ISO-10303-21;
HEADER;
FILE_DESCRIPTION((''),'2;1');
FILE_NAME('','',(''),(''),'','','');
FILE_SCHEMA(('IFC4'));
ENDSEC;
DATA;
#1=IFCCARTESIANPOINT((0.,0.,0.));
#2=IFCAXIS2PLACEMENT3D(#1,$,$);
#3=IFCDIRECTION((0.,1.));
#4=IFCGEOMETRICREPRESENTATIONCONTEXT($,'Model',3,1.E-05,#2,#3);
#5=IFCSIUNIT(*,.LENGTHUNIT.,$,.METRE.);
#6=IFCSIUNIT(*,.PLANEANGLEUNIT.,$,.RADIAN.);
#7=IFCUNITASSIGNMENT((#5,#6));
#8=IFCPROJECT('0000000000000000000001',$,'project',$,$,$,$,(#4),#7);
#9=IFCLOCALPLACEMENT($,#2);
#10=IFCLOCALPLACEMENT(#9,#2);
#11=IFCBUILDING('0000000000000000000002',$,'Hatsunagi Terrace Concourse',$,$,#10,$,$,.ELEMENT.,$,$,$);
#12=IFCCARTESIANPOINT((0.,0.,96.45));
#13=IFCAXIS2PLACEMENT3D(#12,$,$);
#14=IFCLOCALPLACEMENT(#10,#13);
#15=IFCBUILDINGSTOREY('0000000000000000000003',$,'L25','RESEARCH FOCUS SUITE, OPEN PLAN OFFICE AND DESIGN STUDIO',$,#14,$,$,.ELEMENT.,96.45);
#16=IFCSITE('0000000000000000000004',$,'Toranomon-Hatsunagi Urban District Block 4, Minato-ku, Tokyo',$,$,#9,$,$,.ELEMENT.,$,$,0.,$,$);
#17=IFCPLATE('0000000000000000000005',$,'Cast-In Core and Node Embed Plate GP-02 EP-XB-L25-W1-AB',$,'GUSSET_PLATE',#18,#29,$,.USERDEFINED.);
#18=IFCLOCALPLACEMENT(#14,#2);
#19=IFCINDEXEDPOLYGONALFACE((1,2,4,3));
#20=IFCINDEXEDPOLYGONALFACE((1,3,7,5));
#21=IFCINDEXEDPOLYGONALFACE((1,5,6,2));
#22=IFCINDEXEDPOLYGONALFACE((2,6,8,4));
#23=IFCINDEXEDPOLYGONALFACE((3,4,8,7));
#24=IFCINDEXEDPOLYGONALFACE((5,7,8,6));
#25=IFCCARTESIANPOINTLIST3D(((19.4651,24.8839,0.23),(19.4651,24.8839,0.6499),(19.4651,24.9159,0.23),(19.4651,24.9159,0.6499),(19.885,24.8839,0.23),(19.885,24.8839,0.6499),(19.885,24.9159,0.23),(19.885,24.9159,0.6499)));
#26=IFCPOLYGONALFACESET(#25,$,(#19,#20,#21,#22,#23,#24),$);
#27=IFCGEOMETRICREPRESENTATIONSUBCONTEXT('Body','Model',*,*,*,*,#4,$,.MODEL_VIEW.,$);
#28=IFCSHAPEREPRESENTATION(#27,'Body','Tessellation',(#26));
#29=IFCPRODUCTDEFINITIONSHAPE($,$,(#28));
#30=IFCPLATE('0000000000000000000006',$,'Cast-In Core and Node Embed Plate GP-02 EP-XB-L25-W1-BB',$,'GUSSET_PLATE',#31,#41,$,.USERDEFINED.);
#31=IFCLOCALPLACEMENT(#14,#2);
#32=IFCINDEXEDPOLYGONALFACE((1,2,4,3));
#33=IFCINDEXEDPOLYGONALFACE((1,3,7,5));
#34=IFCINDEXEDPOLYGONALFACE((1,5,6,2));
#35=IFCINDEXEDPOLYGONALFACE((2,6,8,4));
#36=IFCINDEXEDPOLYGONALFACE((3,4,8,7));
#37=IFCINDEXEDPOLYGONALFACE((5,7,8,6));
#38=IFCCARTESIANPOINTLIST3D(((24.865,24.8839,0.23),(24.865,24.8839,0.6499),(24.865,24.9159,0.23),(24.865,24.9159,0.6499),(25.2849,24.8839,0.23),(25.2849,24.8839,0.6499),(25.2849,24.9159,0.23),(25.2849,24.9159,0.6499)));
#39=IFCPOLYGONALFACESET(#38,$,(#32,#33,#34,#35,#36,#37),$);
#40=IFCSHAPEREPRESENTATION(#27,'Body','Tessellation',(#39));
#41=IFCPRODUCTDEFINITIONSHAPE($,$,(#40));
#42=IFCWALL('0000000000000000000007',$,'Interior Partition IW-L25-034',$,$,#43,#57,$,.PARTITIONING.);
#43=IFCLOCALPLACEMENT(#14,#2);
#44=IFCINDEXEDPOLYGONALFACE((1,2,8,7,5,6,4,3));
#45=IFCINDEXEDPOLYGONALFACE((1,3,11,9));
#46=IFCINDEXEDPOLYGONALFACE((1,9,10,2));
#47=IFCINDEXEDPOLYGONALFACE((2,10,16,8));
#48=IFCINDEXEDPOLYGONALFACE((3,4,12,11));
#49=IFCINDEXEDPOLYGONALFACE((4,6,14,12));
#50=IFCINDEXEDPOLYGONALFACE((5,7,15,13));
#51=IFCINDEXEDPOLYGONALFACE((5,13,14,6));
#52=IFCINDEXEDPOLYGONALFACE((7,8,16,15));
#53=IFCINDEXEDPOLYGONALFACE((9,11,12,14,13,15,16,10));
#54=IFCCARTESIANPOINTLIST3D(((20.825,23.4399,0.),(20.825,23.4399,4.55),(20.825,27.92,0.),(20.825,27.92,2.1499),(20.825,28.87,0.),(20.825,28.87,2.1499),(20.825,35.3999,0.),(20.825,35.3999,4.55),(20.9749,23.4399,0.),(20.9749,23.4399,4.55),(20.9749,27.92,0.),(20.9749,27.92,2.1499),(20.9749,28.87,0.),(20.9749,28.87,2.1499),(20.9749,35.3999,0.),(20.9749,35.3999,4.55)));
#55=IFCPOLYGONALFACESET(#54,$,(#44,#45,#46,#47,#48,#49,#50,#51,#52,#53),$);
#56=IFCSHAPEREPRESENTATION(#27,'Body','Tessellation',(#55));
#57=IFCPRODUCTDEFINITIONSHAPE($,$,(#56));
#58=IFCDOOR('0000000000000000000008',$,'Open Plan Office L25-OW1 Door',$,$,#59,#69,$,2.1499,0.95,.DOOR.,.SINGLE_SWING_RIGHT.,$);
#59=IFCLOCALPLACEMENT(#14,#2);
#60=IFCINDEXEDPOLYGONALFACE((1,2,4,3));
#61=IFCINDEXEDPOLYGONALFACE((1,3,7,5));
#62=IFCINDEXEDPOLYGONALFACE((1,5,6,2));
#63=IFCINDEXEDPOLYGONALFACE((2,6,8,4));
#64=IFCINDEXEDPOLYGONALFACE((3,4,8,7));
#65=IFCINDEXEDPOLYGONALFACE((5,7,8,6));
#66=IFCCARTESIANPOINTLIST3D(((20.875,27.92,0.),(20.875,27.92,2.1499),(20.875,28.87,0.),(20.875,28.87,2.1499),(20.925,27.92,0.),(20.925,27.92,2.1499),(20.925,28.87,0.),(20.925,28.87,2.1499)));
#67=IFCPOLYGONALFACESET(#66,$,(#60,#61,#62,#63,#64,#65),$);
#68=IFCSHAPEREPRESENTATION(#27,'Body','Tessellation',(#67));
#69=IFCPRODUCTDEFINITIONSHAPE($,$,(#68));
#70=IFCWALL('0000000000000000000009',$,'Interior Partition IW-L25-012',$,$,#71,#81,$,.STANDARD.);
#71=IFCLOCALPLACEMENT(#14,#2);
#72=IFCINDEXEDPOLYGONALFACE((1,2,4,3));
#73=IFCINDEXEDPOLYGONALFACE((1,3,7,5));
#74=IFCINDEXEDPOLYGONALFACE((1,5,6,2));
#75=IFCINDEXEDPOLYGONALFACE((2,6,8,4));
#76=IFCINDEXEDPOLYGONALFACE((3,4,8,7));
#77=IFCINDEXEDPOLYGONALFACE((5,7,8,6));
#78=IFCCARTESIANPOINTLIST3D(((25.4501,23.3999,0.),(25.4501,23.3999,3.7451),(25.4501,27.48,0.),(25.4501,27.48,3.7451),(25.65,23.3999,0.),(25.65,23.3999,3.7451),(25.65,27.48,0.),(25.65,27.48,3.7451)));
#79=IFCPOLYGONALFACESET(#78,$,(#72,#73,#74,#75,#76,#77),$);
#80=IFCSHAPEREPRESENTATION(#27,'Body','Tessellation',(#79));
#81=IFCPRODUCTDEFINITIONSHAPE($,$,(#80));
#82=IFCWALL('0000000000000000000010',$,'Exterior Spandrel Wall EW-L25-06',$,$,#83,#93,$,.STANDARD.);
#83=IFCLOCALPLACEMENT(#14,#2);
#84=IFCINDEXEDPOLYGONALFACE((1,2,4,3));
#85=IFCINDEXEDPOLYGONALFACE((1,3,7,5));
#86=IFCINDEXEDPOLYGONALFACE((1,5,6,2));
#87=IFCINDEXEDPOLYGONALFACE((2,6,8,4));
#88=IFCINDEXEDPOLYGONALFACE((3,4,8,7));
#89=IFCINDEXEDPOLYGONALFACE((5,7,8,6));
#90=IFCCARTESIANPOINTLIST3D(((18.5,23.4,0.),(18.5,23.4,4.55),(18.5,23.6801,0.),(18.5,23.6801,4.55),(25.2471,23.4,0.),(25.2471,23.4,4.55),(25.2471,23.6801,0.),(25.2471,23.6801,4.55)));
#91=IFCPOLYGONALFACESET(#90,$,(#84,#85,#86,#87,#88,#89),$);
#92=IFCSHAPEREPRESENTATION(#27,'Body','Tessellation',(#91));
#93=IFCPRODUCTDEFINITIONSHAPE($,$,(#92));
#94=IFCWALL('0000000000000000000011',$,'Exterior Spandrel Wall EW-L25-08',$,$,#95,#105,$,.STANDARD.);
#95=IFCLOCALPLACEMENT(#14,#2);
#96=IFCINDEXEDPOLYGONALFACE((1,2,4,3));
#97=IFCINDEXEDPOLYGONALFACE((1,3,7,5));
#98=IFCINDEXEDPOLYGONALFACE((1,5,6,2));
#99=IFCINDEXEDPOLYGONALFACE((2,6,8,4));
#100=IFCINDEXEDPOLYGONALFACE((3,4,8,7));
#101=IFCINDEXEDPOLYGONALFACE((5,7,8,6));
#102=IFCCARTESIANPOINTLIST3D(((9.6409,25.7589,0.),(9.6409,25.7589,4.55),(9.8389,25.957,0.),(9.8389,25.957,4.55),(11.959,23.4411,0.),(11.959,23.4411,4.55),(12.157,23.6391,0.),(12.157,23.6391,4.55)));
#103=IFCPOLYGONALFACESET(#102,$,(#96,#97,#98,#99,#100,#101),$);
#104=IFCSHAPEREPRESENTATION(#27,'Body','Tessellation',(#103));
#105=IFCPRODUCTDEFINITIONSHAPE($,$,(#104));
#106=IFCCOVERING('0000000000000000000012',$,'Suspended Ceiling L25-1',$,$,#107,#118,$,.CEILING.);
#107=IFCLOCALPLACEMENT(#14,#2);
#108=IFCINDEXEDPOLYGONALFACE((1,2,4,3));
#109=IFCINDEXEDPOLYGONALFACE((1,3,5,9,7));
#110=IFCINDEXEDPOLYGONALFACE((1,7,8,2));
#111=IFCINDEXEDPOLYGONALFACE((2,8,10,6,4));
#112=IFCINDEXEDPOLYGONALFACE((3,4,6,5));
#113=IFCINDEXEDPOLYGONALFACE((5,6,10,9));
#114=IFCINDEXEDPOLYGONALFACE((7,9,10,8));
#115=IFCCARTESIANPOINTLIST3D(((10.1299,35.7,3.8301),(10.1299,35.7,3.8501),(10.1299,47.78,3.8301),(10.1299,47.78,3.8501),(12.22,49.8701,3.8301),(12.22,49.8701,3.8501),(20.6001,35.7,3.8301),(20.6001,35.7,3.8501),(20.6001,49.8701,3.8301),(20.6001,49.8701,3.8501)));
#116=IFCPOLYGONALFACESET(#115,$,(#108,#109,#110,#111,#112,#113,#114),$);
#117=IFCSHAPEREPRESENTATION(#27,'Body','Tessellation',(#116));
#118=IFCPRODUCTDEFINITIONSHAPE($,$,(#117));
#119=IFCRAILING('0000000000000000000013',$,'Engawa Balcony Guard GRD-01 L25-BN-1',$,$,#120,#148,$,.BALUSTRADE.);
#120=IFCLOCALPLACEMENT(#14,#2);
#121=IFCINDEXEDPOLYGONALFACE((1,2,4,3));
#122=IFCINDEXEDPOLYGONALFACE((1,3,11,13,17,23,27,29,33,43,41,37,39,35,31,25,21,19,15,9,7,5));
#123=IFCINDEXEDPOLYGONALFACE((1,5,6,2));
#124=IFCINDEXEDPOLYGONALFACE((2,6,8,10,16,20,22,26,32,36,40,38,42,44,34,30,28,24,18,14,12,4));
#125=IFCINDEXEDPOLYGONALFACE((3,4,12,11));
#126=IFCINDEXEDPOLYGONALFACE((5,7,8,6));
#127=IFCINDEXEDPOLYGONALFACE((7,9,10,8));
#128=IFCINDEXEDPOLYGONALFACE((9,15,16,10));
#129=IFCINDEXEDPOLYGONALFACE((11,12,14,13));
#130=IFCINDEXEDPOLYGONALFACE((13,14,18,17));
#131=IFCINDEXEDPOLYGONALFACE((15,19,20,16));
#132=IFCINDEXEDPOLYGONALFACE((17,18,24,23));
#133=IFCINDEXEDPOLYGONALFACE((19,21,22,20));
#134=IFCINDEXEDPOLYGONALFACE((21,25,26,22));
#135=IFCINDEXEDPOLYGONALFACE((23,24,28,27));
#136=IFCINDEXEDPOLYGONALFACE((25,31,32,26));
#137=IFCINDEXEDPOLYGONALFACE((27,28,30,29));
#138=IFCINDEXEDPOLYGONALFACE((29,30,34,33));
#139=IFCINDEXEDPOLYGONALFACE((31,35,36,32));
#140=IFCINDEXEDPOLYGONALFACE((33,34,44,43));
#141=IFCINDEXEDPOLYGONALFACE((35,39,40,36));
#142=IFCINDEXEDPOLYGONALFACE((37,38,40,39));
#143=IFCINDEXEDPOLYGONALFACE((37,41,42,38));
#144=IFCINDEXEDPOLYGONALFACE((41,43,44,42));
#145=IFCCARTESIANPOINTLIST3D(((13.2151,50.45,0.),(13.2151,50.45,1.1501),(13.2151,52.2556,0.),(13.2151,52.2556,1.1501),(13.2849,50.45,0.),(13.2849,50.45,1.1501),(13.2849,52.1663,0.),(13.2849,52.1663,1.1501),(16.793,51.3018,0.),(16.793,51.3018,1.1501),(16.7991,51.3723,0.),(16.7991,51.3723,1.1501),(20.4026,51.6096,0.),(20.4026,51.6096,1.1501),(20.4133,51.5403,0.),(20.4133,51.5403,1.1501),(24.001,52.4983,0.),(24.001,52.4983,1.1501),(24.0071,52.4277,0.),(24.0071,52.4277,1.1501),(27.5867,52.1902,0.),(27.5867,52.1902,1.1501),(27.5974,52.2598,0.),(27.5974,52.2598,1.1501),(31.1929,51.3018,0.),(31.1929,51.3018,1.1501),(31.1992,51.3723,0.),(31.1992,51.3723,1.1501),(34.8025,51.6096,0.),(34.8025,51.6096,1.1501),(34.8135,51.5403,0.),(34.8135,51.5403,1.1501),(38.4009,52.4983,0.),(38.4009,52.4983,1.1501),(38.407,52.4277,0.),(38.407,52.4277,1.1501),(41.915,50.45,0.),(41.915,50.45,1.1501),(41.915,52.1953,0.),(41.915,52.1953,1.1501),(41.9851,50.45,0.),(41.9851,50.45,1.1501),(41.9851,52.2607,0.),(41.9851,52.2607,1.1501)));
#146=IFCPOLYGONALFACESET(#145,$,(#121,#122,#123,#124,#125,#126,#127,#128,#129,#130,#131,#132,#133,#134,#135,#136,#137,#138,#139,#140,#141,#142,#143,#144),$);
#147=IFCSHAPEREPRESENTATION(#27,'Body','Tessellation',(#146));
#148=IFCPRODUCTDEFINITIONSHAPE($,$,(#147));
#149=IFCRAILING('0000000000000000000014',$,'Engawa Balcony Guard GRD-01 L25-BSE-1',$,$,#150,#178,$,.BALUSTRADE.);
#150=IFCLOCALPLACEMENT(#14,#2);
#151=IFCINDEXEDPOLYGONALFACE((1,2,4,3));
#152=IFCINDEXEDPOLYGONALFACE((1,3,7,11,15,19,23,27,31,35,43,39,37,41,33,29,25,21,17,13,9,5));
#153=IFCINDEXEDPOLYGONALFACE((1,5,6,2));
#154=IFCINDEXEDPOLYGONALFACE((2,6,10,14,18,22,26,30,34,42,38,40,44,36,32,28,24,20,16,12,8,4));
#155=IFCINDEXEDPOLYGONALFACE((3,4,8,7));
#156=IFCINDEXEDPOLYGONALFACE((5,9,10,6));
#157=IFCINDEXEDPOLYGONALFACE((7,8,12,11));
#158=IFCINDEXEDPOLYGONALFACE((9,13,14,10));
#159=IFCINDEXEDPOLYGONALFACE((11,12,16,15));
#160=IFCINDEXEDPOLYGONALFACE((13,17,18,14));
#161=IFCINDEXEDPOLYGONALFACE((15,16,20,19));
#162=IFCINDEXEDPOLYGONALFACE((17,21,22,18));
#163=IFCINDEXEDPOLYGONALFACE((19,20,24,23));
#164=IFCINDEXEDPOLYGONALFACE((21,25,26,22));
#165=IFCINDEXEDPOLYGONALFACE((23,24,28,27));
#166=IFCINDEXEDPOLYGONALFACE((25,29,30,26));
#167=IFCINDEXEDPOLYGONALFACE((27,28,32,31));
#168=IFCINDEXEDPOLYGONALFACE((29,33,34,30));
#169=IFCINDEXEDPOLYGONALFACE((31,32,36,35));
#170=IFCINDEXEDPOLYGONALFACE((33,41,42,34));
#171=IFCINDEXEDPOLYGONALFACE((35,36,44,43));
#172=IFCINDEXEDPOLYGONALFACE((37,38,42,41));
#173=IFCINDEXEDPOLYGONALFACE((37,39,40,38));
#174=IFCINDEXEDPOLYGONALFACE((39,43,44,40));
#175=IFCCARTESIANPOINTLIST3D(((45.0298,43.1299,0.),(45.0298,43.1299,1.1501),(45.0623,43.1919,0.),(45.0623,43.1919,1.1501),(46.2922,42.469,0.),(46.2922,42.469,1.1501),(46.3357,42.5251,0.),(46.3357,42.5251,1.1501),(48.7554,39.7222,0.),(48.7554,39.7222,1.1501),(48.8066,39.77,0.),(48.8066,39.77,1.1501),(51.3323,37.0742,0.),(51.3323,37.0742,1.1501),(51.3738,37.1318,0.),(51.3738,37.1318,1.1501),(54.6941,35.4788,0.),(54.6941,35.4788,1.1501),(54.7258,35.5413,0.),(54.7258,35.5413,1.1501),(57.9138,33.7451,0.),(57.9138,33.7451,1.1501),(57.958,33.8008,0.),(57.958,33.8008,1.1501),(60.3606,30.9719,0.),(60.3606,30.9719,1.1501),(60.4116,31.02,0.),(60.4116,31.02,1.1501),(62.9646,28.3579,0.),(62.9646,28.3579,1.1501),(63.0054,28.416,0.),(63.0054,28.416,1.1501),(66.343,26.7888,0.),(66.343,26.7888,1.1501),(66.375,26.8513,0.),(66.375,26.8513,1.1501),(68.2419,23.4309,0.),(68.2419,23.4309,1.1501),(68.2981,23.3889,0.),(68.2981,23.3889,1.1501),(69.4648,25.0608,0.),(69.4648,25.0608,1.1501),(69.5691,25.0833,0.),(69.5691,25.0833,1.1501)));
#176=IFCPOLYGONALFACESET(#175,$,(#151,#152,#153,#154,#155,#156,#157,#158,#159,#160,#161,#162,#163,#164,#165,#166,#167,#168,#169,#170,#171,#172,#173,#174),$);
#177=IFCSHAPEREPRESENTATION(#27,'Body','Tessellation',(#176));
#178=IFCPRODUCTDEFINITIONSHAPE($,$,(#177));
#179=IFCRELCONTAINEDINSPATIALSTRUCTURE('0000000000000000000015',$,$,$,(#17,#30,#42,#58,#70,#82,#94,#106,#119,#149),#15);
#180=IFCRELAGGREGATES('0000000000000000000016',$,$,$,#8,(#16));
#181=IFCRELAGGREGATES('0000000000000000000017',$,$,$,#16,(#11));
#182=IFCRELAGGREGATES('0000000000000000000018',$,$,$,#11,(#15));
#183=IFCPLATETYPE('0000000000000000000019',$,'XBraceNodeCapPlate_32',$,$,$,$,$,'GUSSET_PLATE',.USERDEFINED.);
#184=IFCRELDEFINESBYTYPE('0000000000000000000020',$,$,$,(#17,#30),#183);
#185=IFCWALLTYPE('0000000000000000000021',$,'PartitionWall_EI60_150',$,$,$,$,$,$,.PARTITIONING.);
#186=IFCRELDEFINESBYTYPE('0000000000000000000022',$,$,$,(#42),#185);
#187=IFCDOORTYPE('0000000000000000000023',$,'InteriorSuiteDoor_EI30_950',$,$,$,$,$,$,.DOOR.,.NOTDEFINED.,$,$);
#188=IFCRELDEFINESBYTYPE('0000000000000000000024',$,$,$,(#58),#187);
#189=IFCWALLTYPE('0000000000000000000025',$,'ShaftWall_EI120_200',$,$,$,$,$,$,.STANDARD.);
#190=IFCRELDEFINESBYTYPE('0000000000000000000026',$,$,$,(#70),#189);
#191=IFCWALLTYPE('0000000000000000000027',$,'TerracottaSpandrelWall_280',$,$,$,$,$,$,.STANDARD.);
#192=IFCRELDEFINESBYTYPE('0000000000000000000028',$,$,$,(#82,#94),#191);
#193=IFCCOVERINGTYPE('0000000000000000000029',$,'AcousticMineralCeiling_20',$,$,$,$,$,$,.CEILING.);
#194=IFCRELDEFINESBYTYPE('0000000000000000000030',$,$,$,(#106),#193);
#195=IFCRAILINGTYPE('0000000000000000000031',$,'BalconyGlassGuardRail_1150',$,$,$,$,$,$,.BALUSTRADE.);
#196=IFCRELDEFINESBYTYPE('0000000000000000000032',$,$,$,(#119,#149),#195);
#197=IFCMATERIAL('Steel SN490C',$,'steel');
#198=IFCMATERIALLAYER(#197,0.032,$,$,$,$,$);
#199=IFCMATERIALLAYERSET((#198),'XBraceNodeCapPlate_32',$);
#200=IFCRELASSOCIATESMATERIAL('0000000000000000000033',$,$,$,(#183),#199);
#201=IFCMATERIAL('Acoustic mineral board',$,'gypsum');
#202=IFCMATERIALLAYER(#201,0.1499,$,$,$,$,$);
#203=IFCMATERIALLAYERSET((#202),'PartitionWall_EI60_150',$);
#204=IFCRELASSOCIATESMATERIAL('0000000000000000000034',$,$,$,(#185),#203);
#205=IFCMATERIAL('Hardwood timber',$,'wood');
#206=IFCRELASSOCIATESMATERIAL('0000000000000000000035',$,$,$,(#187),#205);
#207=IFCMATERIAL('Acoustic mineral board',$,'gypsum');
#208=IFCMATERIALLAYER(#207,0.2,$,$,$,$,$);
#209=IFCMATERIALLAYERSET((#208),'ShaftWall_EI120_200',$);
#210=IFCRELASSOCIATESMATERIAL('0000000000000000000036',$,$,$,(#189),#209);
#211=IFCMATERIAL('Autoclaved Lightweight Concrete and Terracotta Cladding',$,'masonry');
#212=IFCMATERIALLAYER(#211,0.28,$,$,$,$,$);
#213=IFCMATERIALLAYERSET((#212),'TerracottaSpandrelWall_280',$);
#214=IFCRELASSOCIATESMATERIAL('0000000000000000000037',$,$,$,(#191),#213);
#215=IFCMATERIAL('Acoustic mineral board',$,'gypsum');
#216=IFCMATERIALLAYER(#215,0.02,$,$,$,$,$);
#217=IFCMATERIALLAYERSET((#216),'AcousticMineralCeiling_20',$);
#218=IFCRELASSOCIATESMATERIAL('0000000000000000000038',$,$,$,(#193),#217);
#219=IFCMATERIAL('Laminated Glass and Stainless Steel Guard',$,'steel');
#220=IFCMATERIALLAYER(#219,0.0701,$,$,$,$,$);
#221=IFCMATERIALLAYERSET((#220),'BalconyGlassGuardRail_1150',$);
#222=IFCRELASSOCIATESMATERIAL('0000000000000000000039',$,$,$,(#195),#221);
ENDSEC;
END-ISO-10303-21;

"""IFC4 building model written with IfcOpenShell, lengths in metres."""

from ifc_helpers import new_model, si_unit, direction, frame, frame_2d, origin, origin_2d, place, context, subcontext, project, spatial, polyline, rectangle, outline, extrude, material, layer, layer_set, type_object, element, fill, save


model = new_model("IFC4")

# Units and contexts
model_context = context("Model", 3, precision=1e-05, world=origin(), true_north=direction((0.0, 1.0)))
body_context = subcontext(model_context, "Body", "Model", "MODEL_VIEW")
ifc_project = project(units=[si_unit("LENGTHUNIT", "METRE"), si_unit("PLANEANGLEUNIT", "RADIAN")], contexts=[model_context])

# Site, building, storey
site_placement = place(None, origin())
site = spatial("IfcSite", under=ifc_project, at=site_placement, Name="Toranomon-Hatsunagi Urban District Block 4, Minato-ku, Tokyo", CompositionType="ELEMENT", RefElevation=0.0)
building_placement = place(site_placement, origin())
building = spatial("IfcBuilding", under=site, at=building_placement, Name="Hatsunagi Terrace Concourse", CompositionType="ELEMENT")
storey_placement = place(building_placement, frame((0.0, 0.0, 96.45)))
storey = spatial("IfcBuildingStorey", under=building, at=storey_placement, Name="L25", Description="RESEARCH FOCUS SUITE, OPEN PLAN OFFICE AND DESIGN STUDIO", CompositionType="ELEMENT", Elevation=96.45)

# Plates
ifc_material_1 = material(Name="Steel SN490C", Category="steel")
ifc_layer_1 = layer(ifc_material_1, 0.032)
ifc_layer_set_1 = layer_set([ifc_layer_1], Name="XBraceNodeCapPlate_32")
plate_type_1 = type_object("IfcPlateType", Name="XBraceNodeCapPlate_32", ElementType="GUSSET_PLATE", PredefinedType="USERDEFINED", material=ifc_layer_set_1)
for number, where, z_axis, x_axis, name in (
    (1, (19.675, 24.8999, 0.23), (0.0, 0.0, 1.0), (1.0, 0.0, 0.0), "Cast-In Core and Node Embed Plate GP-02 EP-XB-L25-W1-AB"),
    (2, (25.075, 24.8999, 0.23), (0.0, 0.0, 1.0), (1.0, 0.0, 0.0), "Cast-In Core and Node Embed Plate GP-02 EP-XB-L25-W1-BB"),
):
    element("IfcPlate", number, at=place(storey_placement, frame(where, z_axis=z_axis, x_axis=x_axis)), inside=storey, type_object=plate_type_1, Name=name, ObjectType="GUSSET_PLATE", PredefinedType="USERDEFINED", context=body_context, shape_type="SweptSolid", body=[
        extrude(rectangle(XDim=0.4199, YDim=0.032, at=origin_2d()), origin(), (0.0, 0.0, 1.0), 0.4199),
    ])

# Wall, opening, door
ifc_material_2 = material(Name="Acoustic mineral board", Category="gypsum")
ifc_layer_2 = layer(ifc_material_2, 0.1499)
ifc_layer_set_2 = layer_set([ifc_layer_2], Name="PartitionWall_EI60_150")
wall_type_1 = type_object("IfcWallType", Name="PartitionWall_EI60_150", PredefinedType="PARTITIONING", material=ifc_layer_set_2)
wall_1_placement = place(storey_placement, frame((20.8999, 23.4399, 0.0), z_axis=(0.0, 0.0, 1.0), x_axis=(0.0, 1.0, 0.0)))
wall_1 = element("IfcWall", 3, at=wall_1_placement, inside=storey, type_object=wall_type_1, Name="Interior Partition IW-L25-034", PredefinedType="PARTITIONING", context=body_context, shape_type="SweptSolid", body=[
    extrude(rectangle(XDim=11.96, YDim=0.1499, at=frame_2d((5.98, 0.0))), origin(), (0.0, 0.0, 1.0), 4.55),
])
opening_placement = place(wall_1_placement, frame((4.48, 0.0, 0.0)))
opening = element("IfcOpeningElement", 4, at=opening_placement, cuts=wall_1, PredefinedType="OPENING", context=body_context, shape_type="SweptSolid", body=[
    extrude(rectangle(XDim=0.95, YDim=2.1499, at=frame_2d((0.4751, 1.075))), frame((0.0, 0.085, 0.0), z_axis=(0.0, -1.0, 0.0), x_axis=(1.0, 0.0, 0.0)), (0.0, 0.0, 1.0), 0.1699),
])
ifc_material_3 = material(Name="Hardwood timber", Category="wood")
door_type = type_object("IfcDoorType", Name="InteriorSuiteDoor_EI30_950", OperationType="NOTDEFINED", PredefinedType="DOOR", material=ifc_material_3)
door_placement = place(opening_placement, origin())
door = element("IfcDoor", 5, at=door_placement, inside=storey, type_object=door_type, Name="Open Plan Office L25-OW1 Door", OperationType="SINGLE_SWING_RIGHT", OverallHeight=2.1499, OverallWidth=0.95, PredefinedType="DOOR", context=body_context, shape_type="SweptSolid", body=[
    extrude(rectangle(XDim=0.95, YDim=2.1499, at=frame_2d((0.4751, 1.075))), frame((0.0, 0.0249, 0.0), z_axis=(0.0, -1.0, 0.0), x_axis=(1.0, 0.0, 0.0)), (0.0, 0.0, 1.0), 0.05),
])
fill(opening, door)

# Walls
ifc_material_4 = material(Name="Acoustic mineral board", Category="gypsum")
ifc_layer_3 = layer(ifc_material_4, 0.2)
ifc_layer_set_3 = layer_set([ifc_layer_3], Name="ShaftWall_EI120_200")
wall_type_2 = type_object("IfcWallType", Name="ShaftWall_EI120_200", PredefinedType="STANDARD", material=ifc_layer_set_3)
wall_2_placement = place(storey_placement, frame((25.55, 23.3999, 0.0), z_axis=(0.0, 0.0, 1.0), x_axis=(0.0, 1.0, 0.0)))
element("IfcWall", 6, at=wall_2_placement, inside=storey, type_object=wall_type_2, Name="Interior Partition IW-L25-012", PredefinedType="STANDARD", context=body_context, shape_type="SweptSolid", body=[
    extrude(rectangle(XDim=4.0801, YDim=0.2, at=frame_2d((2.04, 0.0))), origin(), (0.0, 0.0, 1.0), 3.7451),
])
ifc_material_5 = material(Name="Autoclaved Lightweight Concrete and Terracotta Cladding", Category="masonry")
ifc_layer_4 = layer(ifc_material_5, 0.28)
ifc_layer_set_4 = layer_set([ifc_layer_4], Name="TerracottaSpandrelWall_280")
wall_type_3 = type_object("IfcWallType", Name="TerracottaSpandrelWall_280", PredefinedType="STANDARD", material=ifc_layer_set_4)
wall_3_placement = place(storey_placement, frame((25.2471, 23.54, 0.0), z_axis=(0.0, 0.0, 1.0), x_axis=(-1.0, 0.0, 0.0)))
element("IfcWall", 7, at=wall_3_placement, inside=storey, type_object=wall_type_3, Name="Exterior Spandrel Wall EW-L25-06", PredefinedType="STANDARD", context=body_context, shape_type="SweptSolid", body=[
    extrude(rectangle(XDim=6.7471, YDim=0.28, at=frame_2d((3.3735, 0.0))), origin(), (0.0, 0.0, 1.0), 4.55),
])
wall_4_placement = place(storey_placement, frame((12.0581, 23.54, 0.0), z_axis=(0.0, 0.0, 1.0), x_axis=(-0.707144, 0.70707, 0.0)))
element("IfcWall", 8, at=wall_4_placement, inside=storey, type_object=wall_type_3, Name="Exterior Spandrel Wall EW-L25-08", PredefinedType="STANDARD", context=body_context, shape_type="SweptSolid", body=[
    extrude(rectangle(XDim=3.2781, YDim=0.28, at=frame_2d((1.6392, 0.0))), origin(), (0.0, 0.0, 1.0), 4.55),
])

# Covering
ifc_material_6 = material(Name="Acoustic mineral board", Category="gypsum")
ifc_layer_5 = layer(ifc_material_6, 0.02)
ifc_layer_set_5 = layer_set([ifc_layer_5], Name="AcousticMineralCeiling_20")
covering_type_1 = type_object("IfcCoveringType", Name="AcousticMineralCeiling_20", PredefinedType="CEILING", material=ifc_layer_set_5)
covering_1_placement = place(storey_placement, frame((0.0, 0.0, 3.8301)))
element("IfcCovering", 9, at=covering_1_placement, inside=storey, type_object=covering_type_1, Name="Suspended Ceiling L25-1", PredefinedType="CEILING", context=body_context, shape_type="SweptSolid", body=[
    extrude(outline(polyline([(10.1299, 47.78), (10.1299, 35.7), (20.6001, 35.7), (20.6001, 49.8701), (12.22, 49.8701), (10.1299, 47.78)])), origin(), (0.0, 0.0, 1.0), 0.02),
])

# Railings
ifc_material_7 = material(Name="Laminated Glass and Stainless Steel Guard", Category="steel")
ifc_layer_6 = layer(ifc_material_7, 0.0701)
ifc_layer_set_6 = layer_set([ifc_layer_6], Name="BalconyGlassGuardRail_1150")
railing_type = type_object("IfcRailingType", Name="BalconyGlassGuardRail_1150", PredefinedType="BALUSTRADE", material=ifc_layer_set_6)
railing_1_placement = place(storey_placement, origin())
element("IfcRailing", 10, at=railing_1_placement, inside=storey, type_object=railing_type, Name="Engawa Balcony Guard GRD-01 L25-BN-1", PredefinedType="BALUSTRADE", context=body_context, shape_type="SweptSolid", body=[
    extrude(outline(polyline([(13.2151, 50.45), (13.2849, 50.45), (13.2849, 52.1663), (16.793, 51.3018), (20.4133, 51.5403), (24.0071, 52.4277), (27.5867, 52.1902), (31.1929, 51.3018), (34.8135, 51.5403), (38.407, 52.4277), (41.915, 52.1953), (41.915, 50.45), (41.9851, 50.45), (41.9851, 52.2607), (38.4009, 52.4983), (34.8025, 51.6096), (31.1992, 51.3723), (27.5974, 52.2598), (24.001, 52.4983), (20.4026, 51.6096), (16.7991, 51.3723), (13.2151, 52.2556), (13.2151, 50.45)])), origin(), (0.0, 0.0, 1.0), 1.1501),
])
railing_2_placement = place(storey_placement, origin())
element("IfcRailing", 11, at=railing_2_placement, inside=storey, type_object=railing_type, Name="Engawa Balcony Guard GRD-01 L25-BSE-1", PredefinedType="BALUSTRADE", context=body_context, shape_type="SweptSolid", body=[
    extrude(outline(polyline([(45.0623, 43.1919), (45.0298, 43.1299), (46.2922, 42.469), (48.7554, 39.7222), (51.3323, 37.0742), (54.6941, 35.4788), (57.9138, 33.7451), (60.3606, 30.9719), (62.9646, 28.3579), (66.343, 26.7888), (69.4648, 25.0608), (68.2419, 23.4309), (68.2981, 23.3889), (69.5691, 25.0833), (66.375, 26.8513), (63.0054, 28.416), (60.4116, 31.02), (57.958, 33.8008), (54.7258, 35.5413), (51.3738, 37.1318), (48.8066, 39.77), (46.3357, 42.5251), (45.0623, 43.1919)])), origin(), (0.0, 0.0, 1.0), 1.1501),
])

save(model, "model.ifc")
